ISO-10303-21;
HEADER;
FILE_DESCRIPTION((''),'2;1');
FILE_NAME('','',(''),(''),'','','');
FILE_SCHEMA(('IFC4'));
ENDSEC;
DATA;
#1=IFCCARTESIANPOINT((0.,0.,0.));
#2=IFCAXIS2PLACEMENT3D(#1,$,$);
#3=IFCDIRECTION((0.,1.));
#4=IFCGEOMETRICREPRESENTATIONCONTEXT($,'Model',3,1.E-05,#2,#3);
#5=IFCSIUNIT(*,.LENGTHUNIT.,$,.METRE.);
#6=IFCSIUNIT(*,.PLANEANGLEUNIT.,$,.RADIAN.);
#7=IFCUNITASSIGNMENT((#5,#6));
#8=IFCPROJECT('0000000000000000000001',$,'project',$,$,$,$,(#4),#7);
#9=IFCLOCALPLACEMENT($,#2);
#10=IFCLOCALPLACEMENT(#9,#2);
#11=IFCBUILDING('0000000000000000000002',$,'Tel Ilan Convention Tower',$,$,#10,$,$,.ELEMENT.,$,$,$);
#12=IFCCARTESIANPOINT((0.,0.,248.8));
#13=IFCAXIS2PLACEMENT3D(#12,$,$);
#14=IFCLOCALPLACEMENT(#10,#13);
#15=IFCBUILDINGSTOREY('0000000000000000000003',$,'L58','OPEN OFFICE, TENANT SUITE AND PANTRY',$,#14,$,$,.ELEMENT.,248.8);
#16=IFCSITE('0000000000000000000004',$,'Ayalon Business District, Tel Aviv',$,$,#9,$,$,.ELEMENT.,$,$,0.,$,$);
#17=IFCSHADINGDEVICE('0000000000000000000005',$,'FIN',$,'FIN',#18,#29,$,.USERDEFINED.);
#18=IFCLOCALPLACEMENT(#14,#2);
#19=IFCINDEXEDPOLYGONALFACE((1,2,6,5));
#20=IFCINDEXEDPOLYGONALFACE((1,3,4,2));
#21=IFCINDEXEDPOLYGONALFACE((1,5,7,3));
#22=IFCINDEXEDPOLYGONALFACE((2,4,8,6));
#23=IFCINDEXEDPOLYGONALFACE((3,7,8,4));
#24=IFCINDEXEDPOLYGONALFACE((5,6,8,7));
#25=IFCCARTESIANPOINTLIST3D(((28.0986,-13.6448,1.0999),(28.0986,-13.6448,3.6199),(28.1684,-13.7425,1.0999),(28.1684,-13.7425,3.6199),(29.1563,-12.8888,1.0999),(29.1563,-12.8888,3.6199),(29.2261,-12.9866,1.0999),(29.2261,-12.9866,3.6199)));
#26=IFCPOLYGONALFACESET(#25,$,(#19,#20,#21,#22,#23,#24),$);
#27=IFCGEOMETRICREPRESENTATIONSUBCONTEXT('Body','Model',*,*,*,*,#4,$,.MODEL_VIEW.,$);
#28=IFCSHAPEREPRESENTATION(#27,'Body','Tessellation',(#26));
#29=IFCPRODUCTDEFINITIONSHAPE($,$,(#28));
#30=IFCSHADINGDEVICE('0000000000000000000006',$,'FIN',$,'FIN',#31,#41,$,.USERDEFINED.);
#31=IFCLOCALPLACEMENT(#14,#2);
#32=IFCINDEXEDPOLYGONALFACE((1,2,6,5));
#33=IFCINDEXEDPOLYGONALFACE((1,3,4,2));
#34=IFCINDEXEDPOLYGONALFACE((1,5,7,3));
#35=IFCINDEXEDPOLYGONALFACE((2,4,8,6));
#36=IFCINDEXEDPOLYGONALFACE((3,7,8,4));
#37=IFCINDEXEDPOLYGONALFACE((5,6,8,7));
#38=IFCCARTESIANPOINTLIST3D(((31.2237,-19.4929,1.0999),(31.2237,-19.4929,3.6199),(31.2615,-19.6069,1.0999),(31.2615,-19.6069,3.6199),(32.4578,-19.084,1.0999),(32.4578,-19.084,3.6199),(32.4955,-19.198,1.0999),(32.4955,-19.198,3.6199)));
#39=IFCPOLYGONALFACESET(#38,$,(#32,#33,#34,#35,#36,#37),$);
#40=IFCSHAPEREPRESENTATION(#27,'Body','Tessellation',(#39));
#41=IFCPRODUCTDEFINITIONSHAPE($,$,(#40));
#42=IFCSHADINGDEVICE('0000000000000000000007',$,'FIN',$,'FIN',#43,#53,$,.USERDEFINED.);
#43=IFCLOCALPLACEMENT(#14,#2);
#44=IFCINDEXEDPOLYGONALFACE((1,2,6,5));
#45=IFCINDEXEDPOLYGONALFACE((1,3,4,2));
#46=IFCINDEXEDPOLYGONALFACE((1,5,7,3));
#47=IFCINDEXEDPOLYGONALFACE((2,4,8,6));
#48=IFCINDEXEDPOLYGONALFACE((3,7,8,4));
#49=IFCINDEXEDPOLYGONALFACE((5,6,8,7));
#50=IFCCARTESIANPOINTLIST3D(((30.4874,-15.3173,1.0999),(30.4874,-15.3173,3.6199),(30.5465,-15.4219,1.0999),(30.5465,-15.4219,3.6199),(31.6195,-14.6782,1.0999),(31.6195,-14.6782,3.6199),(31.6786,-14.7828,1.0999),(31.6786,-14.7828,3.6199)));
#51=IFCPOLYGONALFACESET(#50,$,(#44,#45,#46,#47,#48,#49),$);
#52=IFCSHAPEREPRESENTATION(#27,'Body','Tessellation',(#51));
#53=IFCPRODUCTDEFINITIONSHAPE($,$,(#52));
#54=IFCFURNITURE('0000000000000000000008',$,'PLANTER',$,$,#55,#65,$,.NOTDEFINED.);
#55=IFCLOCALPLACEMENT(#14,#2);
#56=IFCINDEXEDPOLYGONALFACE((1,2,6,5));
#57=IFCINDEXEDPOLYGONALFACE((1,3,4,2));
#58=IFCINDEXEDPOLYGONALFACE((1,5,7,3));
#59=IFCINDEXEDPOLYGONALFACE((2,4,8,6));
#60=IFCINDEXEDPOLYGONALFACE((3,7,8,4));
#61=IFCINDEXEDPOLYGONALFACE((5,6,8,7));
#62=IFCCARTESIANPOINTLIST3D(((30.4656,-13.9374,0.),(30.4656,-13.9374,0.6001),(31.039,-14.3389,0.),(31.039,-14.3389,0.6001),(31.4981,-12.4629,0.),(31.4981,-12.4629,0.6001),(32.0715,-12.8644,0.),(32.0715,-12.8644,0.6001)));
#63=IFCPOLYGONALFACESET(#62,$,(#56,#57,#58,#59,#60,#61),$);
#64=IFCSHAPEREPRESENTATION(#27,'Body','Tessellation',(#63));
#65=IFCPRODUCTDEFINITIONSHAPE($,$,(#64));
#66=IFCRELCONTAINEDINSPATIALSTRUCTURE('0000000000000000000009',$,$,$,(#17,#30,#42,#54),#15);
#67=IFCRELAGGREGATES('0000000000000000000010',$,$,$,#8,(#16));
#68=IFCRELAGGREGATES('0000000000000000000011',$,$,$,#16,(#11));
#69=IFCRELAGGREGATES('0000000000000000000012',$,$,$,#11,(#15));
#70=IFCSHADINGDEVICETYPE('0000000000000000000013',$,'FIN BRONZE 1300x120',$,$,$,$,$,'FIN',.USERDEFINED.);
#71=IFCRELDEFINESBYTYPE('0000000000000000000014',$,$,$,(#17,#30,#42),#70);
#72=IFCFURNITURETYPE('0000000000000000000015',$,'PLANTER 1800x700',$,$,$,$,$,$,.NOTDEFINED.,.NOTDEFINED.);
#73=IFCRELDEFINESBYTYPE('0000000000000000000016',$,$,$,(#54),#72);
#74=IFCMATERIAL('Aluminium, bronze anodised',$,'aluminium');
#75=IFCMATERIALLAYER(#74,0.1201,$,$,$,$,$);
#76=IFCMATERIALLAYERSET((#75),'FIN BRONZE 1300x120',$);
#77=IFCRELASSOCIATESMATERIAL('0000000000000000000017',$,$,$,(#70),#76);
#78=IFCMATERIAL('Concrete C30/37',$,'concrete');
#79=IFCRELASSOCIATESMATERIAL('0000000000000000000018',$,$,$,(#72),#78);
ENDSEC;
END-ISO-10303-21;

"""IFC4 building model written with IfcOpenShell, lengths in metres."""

from ifc_helpers import new_model, si_unit, direction, frame, origin, origin_2d, place, context, subcontext, project, spatial, rectangle, extrude, material, layer, layer_set, type_object, element, save


model = new_model("IFC4")

# Units and contexts
model_context = context("Model", 3, precision=1e-05, world=origin(), true_north=direction((0.0, 1.0)))
body_context = subcontext(model_context, "Body", "Model", "MODEL_VIEW")
ifc_project = project(units=[si_unit("LENGTHUNIT", "METRE"), si_unit("PLANEANGLEUNIT", "RADIAN")], contexts=[model_context])

# Site, building, storey
site_placement = place(None, origin())
site = spatial("IfcSite", under=ifc_project, at=site_placement, Name="Ayalon Business District, Tel Aviv", CompositionType="ELEMENT", RefElevation=0.0)
building_placement = place(site_placement, origin())
building = spatial("IfcBuilding", under=site, at=building_placement, Name="Tel Ilan Convention Tower", CompositionType="ELEMENT")
storey_placement = place(building_placement, frame((0.0, 0.0, 248.8)))
storey = spatial("IfcBuildingStorey", under=building, at=storey_placement, Name="L58", Description="OPEN OFFICE, TENANT SUITE AND PANTRY", CompositionType="ELEMENT", Elevation=248.8)

# Shading devices
ifc_material_1 = material(Name="Aluminium, bronze anodised", Category="aluminium")
ifc_layer_1 = layer(ifc_material_1, 0.1201)
ifc_layer_set_1 = layer_set([ifc_layer_1], Name="FIN BRONZE 1300x120")
shading_device_type = type_object("IfcShadingDeviceType", Name="FIN BRONZE 1300x120", ElementType="FIN", PredefinedType="USERDEFINED", material=ifc_layer_set_1)
for number, where, z_axis, x_axis, name in (
    (1, (28.6624, -13.3157, 1.0999), (0.0, 0.0, 1.0), (0.813552, 0.581492, 0.0), "FIN"),
    (2, (31.8596, -19.3455, 1.0999), (0.0, 0.0, 1.0), (0.949243, 0.314545, 0.0), "FIN"),
    (3, (31.083, -15.05, 1.0999), (0.0, 0.0, 1.0), (0.870833, 0.491579, 0.0), "FIN"),
):
    element("IfcShadingDevice", number, at=place(storey_placement, frame(where, z_axis=z_axis, x_axis=x_axis)), inside=storey, type_object=shading_device_type, Name=name, ObjectType="FIN", PredefinedType="USERDEFINED", context=body_context, shape_type="SweptSolid", body=[
        extrude(rectangle(XDim=1.3, YDim=0.1201, at=origin_2d()), origin(), (0.0, 0.0, 1.0), 2.52),
    ])

# Furniture
ifc_material_2 = material(Name="Concrete C30/37", Category="concrete")
furniture_type = type_object("IfcFurnitureType", Name="PLANTER 1800x700", AssemblyPlace="NOTDEFINED", PredefinedType="NOTDEFINED", material=ifc_material_2)
furniture_placement = place(storey_placement, frame((31.2686, -13.4009, 0.0), z_axis=(0.0, 0.0, 1.0), x_axis=(-0.573576, -0.819152, 0.0)))
element("IfcFurniture", 4, at=furniture_placement, inside=storey, type_object=furniture_type, Name="PLANTER", PredefinedType="NOTDEFINED", context=body_context, shape_type="SweptSolid", body=[
    extrude(rectangle(XDim=1.8, YDim=0.7, at=origin_2d()), origin(), (0.0, 0.0, 1.0), 0.6001),
])

save(model, "model.ifc")
